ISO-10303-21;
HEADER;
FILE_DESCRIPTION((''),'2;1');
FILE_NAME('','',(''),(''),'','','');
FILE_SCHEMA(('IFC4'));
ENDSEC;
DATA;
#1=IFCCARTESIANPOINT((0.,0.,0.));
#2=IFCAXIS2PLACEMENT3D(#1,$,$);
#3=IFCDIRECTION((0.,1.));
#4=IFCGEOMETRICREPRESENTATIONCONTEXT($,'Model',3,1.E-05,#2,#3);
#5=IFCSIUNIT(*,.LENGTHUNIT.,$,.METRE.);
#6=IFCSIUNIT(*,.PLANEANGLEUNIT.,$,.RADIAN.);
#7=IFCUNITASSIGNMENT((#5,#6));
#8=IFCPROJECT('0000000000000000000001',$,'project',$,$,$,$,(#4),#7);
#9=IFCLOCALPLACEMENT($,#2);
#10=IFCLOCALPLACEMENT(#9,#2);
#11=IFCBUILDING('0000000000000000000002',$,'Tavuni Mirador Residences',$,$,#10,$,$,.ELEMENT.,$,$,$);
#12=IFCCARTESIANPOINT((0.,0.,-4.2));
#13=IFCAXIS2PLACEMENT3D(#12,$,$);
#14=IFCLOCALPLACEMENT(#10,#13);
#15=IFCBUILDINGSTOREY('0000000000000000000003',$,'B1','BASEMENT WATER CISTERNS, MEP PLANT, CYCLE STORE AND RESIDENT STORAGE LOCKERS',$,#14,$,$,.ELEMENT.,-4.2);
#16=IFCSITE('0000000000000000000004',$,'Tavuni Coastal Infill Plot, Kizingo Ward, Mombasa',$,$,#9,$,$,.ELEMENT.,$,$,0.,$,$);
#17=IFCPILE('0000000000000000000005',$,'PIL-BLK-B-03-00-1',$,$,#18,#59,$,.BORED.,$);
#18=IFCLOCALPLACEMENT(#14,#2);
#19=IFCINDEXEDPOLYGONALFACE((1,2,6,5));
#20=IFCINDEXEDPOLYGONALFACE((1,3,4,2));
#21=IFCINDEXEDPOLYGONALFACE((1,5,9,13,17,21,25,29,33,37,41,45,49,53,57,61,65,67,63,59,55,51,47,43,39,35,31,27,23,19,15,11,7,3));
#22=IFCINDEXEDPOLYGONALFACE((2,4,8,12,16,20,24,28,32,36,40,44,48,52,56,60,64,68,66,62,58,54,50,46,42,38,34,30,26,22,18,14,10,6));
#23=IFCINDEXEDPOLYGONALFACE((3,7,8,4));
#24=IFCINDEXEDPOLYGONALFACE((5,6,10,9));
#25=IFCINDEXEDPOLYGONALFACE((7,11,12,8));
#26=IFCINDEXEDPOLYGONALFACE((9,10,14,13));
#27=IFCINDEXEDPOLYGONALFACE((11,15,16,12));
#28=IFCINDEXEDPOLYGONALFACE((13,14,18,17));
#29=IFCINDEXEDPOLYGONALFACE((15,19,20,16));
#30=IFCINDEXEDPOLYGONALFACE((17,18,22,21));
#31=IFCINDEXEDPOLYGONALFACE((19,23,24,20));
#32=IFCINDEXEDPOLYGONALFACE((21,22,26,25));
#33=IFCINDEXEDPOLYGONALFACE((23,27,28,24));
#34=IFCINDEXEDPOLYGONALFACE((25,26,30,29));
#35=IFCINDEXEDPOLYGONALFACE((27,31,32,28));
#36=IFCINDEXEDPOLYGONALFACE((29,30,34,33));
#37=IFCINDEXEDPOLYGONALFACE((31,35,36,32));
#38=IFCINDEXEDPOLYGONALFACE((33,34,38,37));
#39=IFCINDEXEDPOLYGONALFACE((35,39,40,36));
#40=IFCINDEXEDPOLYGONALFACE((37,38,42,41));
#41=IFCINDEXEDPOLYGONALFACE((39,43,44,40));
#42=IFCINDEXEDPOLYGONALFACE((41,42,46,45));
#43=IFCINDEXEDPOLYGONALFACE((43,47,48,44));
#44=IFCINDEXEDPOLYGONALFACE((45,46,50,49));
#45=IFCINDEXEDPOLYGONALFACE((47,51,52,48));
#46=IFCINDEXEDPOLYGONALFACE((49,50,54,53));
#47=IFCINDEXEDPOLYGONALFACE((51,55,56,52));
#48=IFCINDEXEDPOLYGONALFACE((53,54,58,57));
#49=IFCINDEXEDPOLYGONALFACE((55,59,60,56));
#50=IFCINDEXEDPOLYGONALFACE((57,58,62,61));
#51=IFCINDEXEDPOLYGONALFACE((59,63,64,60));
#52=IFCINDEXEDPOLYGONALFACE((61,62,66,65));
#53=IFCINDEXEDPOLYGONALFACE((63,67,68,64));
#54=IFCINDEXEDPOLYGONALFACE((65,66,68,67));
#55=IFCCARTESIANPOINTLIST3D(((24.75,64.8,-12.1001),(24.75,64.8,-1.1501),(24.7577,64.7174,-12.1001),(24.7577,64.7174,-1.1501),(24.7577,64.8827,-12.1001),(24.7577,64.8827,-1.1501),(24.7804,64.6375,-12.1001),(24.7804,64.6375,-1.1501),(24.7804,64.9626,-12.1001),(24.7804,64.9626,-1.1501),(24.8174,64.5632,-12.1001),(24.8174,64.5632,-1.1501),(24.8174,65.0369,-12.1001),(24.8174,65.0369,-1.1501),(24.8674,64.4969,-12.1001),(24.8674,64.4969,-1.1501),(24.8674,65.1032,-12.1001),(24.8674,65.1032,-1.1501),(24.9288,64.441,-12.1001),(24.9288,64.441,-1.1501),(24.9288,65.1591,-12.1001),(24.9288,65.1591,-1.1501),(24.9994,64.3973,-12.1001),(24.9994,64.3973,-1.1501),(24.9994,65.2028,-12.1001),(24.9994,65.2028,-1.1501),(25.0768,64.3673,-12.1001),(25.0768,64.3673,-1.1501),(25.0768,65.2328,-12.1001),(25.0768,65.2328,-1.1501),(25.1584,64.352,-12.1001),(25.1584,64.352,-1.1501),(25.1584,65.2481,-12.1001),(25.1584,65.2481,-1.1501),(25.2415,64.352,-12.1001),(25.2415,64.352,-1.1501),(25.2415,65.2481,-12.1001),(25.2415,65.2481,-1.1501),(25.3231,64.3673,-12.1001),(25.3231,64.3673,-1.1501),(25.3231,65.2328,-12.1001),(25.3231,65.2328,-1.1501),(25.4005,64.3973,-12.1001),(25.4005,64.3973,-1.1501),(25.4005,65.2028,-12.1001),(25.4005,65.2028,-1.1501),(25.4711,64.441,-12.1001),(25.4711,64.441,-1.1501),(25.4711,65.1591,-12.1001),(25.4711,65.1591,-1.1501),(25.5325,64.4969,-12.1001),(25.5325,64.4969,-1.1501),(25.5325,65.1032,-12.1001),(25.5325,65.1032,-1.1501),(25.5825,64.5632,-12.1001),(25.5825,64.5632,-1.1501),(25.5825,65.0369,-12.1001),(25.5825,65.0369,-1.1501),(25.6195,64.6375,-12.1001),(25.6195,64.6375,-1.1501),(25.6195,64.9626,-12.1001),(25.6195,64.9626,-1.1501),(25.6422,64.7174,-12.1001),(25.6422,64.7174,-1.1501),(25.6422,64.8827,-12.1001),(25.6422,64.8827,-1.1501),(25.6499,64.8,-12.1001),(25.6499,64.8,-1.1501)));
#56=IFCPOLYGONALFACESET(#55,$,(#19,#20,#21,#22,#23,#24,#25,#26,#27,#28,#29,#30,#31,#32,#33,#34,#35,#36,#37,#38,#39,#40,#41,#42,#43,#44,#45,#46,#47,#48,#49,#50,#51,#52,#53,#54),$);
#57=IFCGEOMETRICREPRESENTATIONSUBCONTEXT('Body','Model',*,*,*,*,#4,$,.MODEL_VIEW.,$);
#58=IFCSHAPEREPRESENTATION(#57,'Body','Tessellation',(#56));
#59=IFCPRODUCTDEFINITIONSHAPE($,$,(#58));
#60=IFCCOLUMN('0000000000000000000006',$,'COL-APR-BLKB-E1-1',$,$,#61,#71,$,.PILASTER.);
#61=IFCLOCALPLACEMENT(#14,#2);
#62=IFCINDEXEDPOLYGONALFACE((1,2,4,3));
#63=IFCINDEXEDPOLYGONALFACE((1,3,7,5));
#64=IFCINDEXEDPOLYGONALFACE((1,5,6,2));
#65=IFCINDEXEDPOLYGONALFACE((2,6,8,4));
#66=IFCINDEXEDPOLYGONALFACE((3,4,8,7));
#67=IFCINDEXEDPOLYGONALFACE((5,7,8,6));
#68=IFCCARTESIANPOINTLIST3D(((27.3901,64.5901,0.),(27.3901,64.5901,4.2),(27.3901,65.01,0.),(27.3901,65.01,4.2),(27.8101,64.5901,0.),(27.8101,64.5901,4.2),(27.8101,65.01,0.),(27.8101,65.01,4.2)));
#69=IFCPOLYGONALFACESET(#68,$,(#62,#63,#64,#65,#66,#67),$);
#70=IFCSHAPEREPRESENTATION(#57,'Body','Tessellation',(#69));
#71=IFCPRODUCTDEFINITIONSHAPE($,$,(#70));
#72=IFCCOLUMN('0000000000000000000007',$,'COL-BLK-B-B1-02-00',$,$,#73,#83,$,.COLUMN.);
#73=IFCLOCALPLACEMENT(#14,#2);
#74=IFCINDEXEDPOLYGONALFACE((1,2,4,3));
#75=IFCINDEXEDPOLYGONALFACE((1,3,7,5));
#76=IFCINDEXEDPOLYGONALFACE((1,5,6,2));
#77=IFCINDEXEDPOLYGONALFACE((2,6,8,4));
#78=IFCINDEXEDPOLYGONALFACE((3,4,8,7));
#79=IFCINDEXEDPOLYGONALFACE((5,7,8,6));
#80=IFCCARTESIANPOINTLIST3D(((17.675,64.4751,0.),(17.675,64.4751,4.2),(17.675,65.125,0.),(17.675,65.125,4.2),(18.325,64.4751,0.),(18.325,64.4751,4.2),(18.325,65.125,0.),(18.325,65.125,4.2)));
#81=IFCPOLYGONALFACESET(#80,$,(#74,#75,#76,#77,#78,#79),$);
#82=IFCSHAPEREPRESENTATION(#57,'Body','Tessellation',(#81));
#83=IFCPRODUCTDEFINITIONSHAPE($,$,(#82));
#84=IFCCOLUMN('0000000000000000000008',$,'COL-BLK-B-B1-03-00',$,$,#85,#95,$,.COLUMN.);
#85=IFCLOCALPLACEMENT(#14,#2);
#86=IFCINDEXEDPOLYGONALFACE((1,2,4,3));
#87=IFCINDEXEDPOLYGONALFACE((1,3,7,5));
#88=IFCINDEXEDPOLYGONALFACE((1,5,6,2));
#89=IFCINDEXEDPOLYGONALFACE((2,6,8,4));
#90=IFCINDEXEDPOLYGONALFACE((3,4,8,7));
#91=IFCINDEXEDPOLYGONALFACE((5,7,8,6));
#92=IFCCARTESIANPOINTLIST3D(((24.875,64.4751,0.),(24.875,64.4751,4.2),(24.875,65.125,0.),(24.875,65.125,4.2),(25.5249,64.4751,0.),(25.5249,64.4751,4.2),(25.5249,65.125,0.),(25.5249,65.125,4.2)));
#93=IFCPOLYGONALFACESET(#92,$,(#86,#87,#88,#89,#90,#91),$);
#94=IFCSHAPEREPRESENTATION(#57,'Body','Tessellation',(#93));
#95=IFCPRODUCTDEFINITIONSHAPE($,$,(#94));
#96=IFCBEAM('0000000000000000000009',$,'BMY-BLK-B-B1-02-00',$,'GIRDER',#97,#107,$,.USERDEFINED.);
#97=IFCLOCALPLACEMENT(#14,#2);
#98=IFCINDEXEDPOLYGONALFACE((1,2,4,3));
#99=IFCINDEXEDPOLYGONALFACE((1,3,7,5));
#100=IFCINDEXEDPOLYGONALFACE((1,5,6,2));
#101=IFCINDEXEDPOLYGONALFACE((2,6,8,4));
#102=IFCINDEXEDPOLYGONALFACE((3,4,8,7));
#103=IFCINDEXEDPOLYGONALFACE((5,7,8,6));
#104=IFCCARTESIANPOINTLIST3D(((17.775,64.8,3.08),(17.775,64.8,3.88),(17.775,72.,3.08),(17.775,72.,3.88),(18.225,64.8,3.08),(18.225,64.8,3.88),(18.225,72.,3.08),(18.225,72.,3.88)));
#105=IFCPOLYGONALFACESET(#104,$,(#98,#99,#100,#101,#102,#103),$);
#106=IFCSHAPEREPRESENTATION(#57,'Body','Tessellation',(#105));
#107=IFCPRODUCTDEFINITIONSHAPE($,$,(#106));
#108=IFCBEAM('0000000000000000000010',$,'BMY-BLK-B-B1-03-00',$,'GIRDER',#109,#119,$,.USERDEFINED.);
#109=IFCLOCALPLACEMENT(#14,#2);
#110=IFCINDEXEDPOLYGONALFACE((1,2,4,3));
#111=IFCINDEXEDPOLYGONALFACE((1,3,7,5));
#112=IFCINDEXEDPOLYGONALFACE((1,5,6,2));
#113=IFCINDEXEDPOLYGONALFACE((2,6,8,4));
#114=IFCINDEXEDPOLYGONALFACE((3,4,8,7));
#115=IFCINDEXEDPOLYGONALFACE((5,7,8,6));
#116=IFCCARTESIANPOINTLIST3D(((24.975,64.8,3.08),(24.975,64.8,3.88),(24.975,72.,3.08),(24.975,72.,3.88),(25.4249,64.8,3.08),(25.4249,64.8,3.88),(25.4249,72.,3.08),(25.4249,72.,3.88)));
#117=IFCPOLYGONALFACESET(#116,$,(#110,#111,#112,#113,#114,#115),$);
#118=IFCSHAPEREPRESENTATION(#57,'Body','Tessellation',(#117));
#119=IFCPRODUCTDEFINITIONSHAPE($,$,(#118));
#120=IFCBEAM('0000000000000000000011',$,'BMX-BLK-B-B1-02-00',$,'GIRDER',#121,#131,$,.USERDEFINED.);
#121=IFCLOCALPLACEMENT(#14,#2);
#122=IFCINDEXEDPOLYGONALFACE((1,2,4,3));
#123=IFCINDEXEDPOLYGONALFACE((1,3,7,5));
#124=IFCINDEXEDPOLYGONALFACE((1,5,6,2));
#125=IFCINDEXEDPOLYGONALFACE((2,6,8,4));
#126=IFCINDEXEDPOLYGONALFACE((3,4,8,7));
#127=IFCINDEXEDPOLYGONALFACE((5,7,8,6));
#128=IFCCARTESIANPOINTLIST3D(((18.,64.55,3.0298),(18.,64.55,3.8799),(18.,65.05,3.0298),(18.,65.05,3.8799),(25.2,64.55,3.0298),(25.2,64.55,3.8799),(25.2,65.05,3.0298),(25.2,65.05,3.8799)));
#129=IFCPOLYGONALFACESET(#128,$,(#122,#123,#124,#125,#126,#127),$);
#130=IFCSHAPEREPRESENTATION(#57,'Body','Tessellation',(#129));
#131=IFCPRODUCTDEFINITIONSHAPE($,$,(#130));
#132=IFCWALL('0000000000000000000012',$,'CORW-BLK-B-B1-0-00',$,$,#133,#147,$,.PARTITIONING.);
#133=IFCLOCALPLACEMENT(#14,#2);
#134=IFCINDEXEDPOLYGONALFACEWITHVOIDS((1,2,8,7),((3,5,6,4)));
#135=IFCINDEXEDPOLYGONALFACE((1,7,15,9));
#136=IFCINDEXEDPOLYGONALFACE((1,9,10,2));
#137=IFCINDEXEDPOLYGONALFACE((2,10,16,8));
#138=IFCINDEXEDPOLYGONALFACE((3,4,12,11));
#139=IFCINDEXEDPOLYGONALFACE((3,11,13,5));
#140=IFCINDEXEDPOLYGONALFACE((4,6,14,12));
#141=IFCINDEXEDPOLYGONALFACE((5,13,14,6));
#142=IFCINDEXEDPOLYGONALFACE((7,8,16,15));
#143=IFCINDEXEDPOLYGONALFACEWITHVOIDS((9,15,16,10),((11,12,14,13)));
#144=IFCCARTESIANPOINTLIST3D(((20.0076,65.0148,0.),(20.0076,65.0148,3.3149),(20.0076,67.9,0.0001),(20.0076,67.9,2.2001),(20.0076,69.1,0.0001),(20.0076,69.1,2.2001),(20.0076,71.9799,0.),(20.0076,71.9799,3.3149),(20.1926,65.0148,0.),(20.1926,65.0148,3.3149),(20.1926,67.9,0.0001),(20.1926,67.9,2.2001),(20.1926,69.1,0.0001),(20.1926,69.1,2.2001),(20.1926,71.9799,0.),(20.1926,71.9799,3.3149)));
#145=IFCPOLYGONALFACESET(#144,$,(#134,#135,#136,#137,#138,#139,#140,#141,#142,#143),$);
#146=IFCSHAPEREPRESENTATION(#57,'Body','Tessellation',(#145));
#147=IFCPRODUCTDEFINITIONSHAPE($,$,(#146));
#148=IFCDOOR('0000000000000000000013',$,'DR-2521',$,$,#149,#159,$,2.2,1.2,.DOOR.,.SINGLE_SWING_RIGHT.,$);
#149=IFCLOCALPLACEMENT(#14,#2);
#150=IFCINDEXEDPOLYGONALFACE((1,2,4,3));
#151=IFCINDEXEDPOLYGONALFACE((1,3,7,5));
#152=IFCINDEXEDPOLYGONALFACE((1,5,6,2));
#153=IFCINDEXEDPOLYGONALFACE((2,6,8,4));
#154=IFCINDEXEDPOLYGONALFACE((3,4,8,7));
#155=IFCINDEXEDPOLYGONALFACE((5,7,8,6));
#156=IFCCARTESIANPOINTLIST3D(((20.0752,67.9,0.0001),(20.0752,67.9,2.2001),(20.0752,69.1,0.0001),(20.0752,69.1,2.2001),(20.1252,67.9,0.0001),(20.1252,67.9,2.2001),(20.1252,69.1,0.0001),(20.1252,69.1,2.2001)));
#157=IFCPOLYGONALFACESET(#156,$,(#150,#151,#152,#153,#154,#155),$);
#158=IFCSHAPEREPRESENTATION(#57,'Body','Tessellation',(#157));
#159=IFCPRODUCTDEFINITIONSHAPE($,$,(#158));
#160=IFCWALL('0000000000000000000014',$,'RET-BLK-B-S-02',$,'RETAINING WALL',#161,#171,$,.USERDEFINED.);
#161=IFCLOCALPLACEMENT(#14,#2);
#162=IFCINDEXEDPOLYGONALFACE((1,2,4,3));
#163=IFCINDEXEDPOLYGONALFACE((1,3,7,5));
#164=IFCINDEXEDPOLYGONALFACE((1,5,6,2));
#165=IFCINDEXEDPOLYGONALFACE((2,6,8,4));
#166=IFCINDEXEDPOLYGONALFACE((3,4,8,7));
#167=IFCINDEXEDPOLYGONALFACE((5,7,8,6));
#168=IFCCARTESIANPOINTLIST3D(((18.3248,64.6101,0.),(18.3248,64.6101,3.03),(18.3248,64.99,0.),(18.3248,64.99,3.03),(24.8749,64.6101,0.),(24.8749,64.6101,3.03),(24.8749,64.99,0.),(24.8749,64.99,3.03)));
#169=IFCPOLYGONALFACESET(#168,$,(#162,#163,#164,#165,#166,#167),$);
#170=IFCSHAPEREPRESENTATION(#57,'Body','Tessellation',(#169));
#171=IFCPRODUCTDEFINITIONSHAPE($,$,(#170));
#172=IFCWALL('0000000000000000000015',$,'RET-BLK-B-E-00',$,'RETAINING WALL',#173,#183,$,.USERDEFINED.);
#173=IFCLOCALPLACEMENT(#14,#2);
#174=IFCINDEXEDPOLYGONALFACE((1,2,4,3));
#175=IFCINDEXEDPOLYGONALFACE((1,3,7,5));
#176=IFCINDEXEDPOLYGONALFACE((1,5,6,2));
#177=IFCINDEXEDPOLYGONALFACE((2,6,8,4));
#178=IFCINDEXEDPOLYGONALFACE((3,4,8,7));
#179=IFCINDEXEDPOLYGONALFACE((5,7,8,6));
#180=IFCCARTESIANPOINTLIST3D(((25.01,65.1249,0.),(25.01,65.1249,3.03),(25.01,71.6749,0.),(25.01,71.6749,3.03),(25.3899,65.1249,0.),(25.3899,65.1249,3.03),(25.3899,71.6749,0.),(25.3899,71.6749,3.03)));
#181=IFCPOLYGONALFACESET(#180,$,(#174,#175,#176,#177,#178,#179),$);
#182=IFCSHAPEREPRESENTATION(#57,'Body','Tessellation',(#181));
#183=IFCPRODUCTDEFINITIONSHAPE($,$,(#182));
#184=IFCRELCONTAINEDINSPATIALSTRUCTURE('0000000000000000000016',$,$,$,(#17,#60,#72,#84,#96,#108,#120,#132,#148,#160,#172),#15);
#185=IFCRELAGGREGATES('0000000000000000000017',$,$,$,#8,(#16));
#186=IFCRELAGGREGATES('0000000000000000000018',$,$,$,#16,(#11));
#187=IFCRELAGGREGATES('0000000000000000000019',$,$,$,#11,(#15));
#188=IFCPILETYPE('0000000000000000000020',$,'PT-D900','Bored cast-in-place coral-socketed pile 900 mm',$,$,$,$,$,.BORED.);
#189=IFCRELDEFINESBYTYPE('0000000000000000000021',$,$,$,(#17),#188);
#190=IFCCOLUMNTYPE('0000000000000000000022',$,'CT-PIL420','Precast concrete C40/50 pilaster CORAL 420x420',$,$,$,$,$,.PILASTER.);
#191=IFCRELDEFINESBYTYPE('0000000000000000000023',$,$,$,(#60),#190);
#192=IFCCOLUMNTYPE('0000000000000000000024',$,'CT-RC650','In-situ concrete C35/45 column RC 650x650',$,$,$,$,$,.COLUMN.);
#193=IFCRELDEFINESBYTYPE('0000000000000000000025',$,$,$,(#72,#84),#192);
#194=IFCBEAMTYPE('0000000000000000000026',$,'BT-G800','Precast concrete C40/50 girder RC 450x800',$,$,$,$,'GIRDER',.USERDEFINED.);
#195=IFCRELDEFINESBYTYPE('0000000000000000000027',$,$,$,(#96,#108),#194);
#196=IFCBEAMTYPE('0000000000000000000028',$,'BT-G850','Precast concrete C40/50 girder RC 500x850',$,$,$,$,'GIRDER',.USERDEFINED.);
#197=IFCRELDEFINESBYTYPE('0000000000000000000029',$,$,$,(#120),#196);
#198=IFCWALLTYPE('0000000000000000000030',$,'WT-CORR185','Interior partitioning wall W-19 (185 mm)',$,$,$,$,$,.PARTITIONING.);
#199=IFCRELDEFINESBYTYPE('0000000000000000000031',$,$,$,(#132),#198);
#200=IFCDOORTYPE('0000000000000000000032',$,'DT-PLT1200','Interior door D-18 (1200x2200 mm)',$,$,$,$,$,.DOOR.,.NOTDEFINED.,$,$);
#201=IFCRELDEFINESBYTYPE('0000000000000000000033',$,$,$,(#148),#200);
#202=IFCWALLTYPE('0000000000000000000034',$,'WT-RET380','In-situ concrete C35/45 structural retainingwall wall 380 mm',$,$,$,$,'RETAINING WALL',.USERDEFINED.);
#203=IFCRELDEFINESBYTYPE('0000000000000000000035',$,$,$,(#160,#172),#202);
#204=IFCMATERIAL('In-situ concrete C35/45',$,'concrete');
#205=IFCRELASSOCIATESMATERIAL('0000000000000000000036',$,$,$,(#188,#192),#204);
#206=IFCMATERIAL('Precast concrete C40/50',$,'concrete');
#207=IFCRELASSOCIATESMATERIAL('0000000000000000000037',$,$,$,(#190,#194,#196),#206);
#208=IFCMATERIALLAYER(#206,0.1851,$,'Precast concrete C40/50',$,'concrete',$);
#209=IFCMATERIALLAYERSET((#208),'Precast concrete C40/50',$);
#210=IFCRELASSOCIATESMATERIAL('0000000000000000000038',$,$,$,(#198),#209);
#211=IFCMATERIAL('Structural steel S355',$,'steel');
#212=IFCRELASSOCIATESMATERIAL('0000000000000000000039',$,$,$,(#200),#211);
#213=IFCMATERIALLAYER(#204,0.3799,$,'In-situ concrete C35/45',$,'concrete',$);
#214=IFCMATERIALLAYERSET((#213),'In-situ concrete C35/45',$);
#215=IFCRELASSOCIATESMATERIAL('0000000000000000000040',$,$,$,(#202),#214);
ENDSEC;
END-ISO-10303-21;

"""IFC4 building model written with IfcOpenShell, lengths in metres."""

from ifc_helpers import new_model, si_unit, direction, frame, frame_2d, origin, origin_2d, place, context, subcontext, project, spatial, rectangle, circle, extrude, material, layer, layer_set, material_profile, profile_set, type_object, element, fill, save


model = new_model("IFC4")

# Units and contexts
model_context = context("Model", 3, precision=1e-05, world=origin(), true_north=direction((0.0, 1.0)))
body_context = subcontext(model_context, "Body", "Model", "MODEL_VIEW")
ifc_project = project(units=[si_unit("LENGTHUNIT", "METRE"), si_unit("PLANEANGLEUNIT", "RADIAN")], contexts=[model_context])

# Site, building, storey
site_placement = place(None, origin())
site = spatial("IfcSite", under=ifc_project, at=site_placement, Name="Tavuni Coastal Infill Plot, Kizingo Ward, Mombasa", CompositionType="ELEMENT", RefElevation=0.0)
building_placement = place(site_placement, origin())
building = spatial("IfcBuilding", under=site, at=building_placement, Name="Tavuni Mirador Residences", CompositionType="ELEMENT")
storey_placement = place(building_placement, frame((0.0, 0.0, -4.2)))
storey = spatial("IfcBuildingStorey", under=building, at=storey_placement, Name="B1", Description="BASEMENT WATER CISTERNS, MEP PLANT, CYCLE STORE AND RESIDENT STORAGE LOCKERS", CompositionType="ELEMENT", Elevation=-4.2)

# Shared definitions
ifc_material_1 = material(Name="In-situ concrete C35/45", Category="concrete")

# Pile
ifc_material_profile_1 = material_profile(ifc_material_1, circle(Radius=0.45, at=origin_2d()), Name="PILE D900", Category="concrete")
ifc_profile_set_1 = profile_set([ifc_material_profile_1], Name="In-situ concrete C35/45")
pile_type_1 = type_object("IfcPileType", Name="PT-D900", Description="Bored cast-in-place coral-socketed pile 900 mm", PredefinedType="BORED", material=ifc_profile_set_1)
pile_1_placement = place(storey_placement, frame((25.2, 64.8, -1.1501), z_axis=(0.0, 0.0, -1.0), x_axis=(1.0, 0.0, 0.0)))
element("IfcPile", 1, at=pile_1_placement, inside=storey, type_object=pile_type_1, Name="PIL-BLK-B-03-00-1", PredefinedType="BORED", context=body_context, shape_type="SweptSolid", body=[
    extrude(circle(Radius=0.45, at=origin_2d()), origin(), (0.0, 0.0, 1.0), 10.95),
])

# Columns
ifc_material_2 = material(Name="Precast concrete C40/50", Category="concrete")
ifc_material_profile_2 = material_profile(ifc_material_2, rectangle(XDim=0.4199, YDim=0.4199, at=origin_2d()), Name="CORAL 420x420", Category="concrete")
ifc_profile_set_2 = profile_set([ifc_material_profile_2], Name="Precast concrete C40/50")
column_type_1 = type_object("IfcColumnType", Name="CT-PIL420", Description="Precast concrete C40/50 pilaster CORAL 420x420", PredefinedType="PILASTER", material=ifc_profile_set_2)
column_placement = place(storey_placement, frame((27.6001, 64.8, 0.0), z_axis=(0.0, 0.0, 1.0), x_axis=(1.0, 0.0, 0.0)))
element("IfcColumn", 2, at=column_placement, inside=storey, type_object=column_type_1, Name="COL-APR-BLKB-E1-1", PredefinedType="PILASTER", context=body_context, shape_type="SweptSolid", body=[
    extrude(rectangle(XDim=0.4199, YDim=0.4199, at=origin_2d()), origin(), (0.0, 0.0, 1.0), 4.2),
])
ifc_material_profile_3 = material_profile(ifc_material_1, rectangle(XDim=0.6499, YDim=0.6499, at=origin_2d()), Name="RC 650x650", Category="concrete")
ifc_profile_set_3 = profile_set([ifc_material_profile_3], Name="In-situ concrete C35/45")
column_type_2 = type_object("IfcColumnType", Name="CT-RC650", Description="In-situ concrete C35/45 column RC 650x650", PredefinedType="COLUMN", material=ifc_profile_set_3)
for number, where, z_axis, x_axis, name in (
    (3, (18.0, 64.8, 0.0), (0.0, 0.0, 1.0), (1.0, 0.0, 0.0), "COL-BLK-B-B1-02-00"),
    (4, (25.2, 64.8, 0.0), (0.0, 0.0, 1.0), (1.0, 0.0, 0.0), "COL-BLK-B-B1-03-00"),
):
    element("IfcColumn", number, at=place(storey_placement, frame(where, z_axis=z_axis, x_axis=x_axis)), inside=storey, type_object=column_type_2, Name=name, PredefinedType="COLUMN", context=body_context, shape_type="SweptSolid", body=[
        extrude(rectangle(XDim=0.6499, YDim=0.6499, at=origin_2d()), origin(), (0.0, 0.0, 1.0), 4.2),
    ])

# Beams
ifc_material_profile_4 = material_profile(ifc_material_2, rectangle(XDim=0.45, YDim=0.8, at=origin_2d()), Name="RC 450x800", Category="concrete")
ifc_profile_set_4 = profile_set([ifc_material_profile_4], Name="Precast concrete C40/50")
beam_type_1 = type_object("IfcBeamType", Name="BT-G800", Description="Precast concrete C40/50 girder RC 450x800", ElementType="GIRDER", PredefinedType="USERDEFINED", material=ifc_profile_set_4)
for number, where, z_axis, x_axis, name in (
    (5, (18.0, 64.8, 3.48), (0.0, 1.0, 0.0), (-1.0, 0.0, 0.0), "BMY-BLK-B-B1-02-00"),
    (6, (25.2, 64.8, 3.48), (0.0, 1.0, 0.0), (-1.0, 0.0, 0.0), "BMY-BLK-B-B1-03-00"),
):
    element("IfcBeam", number, at=place(storey_placement, frame(where, z_axis=z_axis, x_axis=x_axis)), inside=storey, type_object=beam_type_1, Name=name, ObjectType="GIRDER", PredefinedType="USERDEFINED", context=body_context, shape_type="SweptSolid", body=[
        extrude(rectangle(XDim=0.45, YDim=0.8, at=origin_2d()), origin(), (0.0, 0.0, 1.0), 7.2),
    ])
ifc_material_profile_5 = material_profile(ifc_material_2, rectangle(XDim=0.5, YDim=0.8501, at=origin_2d()), Name="RC 500x850", Category="concrete")
ifc_profile_set_5 = profile_set([ifc_material_profile_5], Name="Precast concrete C40/50")
beam_type_2 = type_object("IfcBeamType", Name="BT-G850", Description="Precast concrete C40/50 girder RC 500x850", ElementType="GIRDER", PredefinedType="USERDEFINED", material=ifc_profile_set_5)
beam_placement = place(storey_placement, frame((18.0, 64.8, 3.4548), z_axis=(1.0, 0.0, 0.0), x_axis=(0.0, 1.0, 0.0)))
element("IfcBeam", 7, at=beam_placement, inside=storey, type_object=beam_type_2, Name="BMX-BLK-B-B1-02-00", ObjectType="GIRDER", PredefinedType="USERDEFINED", context=body_context, shape_type="SweptSolid", body=[
    extrude(rectangle(XDim=0.5, YDim=0.8501, at=origin_2d()), origin(), (0.0, 0.0, 1.0), 7.2),
])

# Wall, opening, door
ifc_layer_1 = layer(ifc_material_2, 0.1851, Name="Precast concrete C40/50", Category="concrete")
ifc_layer_set_1 = layer_set([ifc_layer_1], Name="Precast concrete C40/50")
wall_type_1 = type_object("IfcWallType", Name="WT-CORR185", Description="Interior partitioning wall W-19 (185 mm)", PredefinedType="PARTITIONING", material=ifc_layer_set_1)
wall_1_placement = place(storey_placement, frame((20.1001, 65.0149, 0.0), z_axis=(0.0, 0.0, 1.0), x_axis=(0.0, 1.0, 0.0)))
wall_1 = element("IfcWall", 8, at=wall_1_placement, inside=storey, type_object=wall_type_1, Name="CORW-BLK-B-B1-0-00", PredefinedType="PARTITIONING", context=body_context, shape_type="SweptSolid", body=[
    extrude(rectangle(XDim=6.9651, YDim=0.1851, at=frame_2d((3.4824, 0.0))), origin(), (0.0, 0.0, 1.0), 3.3149),
])
opening_placement = place(wall_1_placement, frame((2.885, 0.0, 0.0)))
opening = element("IfcOpeningElement", 9, at=opening_placement, cuts=wall_1, PredefinedType="OPENING", context=body_context, shape_type="SweptSolid", body=[
    extrude(rectangle(XDim=1.2, YDim=2.2, at=frame_2d((0.6001, 1.1001))), frame((0.0, 0.1025, 0.0), z_axis=(0.0, -1.0, 0.0), x_axis=(1.0, 0.0, 0.0)), (0.0, 0.0, 1.0), 0.2051),
])
ifc_material_3 = material(Name="Structural steel S355", Category="steel")
door_type = type_object("IfcDoorType", Name="DT-PLT1200", Description="Interior door D-18 (1200x2200 mm)", OperationType="NOTDEFINED", PredefinedType="DOOR", material=ifc_material_3)
door_placement = place(opening_placement, origin())
door = element("IfcDoor", 10, at=door_placement, inside=storey, type_object=door_type, Name="DR-2521", OperationType="SINGLE_SWING_RIGHT", OverallHeight=2.2, OverallWidth=1.2, PredefinedType="DOOR", context=body_context, shape_type="SweptSolid", body=[
    extrude(rectangle(XDim=1.2, YDim=2.2, at=frame_2d((0.6001, 1.1001))), frame((0.0, 0.0249, 0.0), z_axis=(0.0, -1.0, 0.0), x_axis=(1.0, 0.0, 0.0)), (0.0, 0.0, 1.0), 0.05),
])
fill(opening, door)

# Walls
ifc_layer_2 = layer(ifc_material_1, 0.3799, Name="In-situ concrete C35/45", Category="concrete")
ifc_layer_set_2 = layer_set([ifc_layer_2], Name="In-situ concrete C35/45")
wall_type_2 = type_object("IfcWallType", Name="WT-RET380", Description="In-situ concrete C35/45 structural retainingwall wall 380 mm", ElementType="RETAINING WALL", PredefinedType="USERDEFINED", material=ifc_layer_set_2)
for number, where, z_axis, x_axis, name in (
    (11, (18.325, 64.8, 0.0), (0.0, 0.0, 1.0), (1.0, 0.0, 0.0), "RET-BLK-B-S-02"),
    (12, (25.2, 65.125, 0.0), (0.0, 0.0, 1.0), (0.0, 1.0, 0.0), "RET-BLK-B-E-00"),
):
    element("IfcWall", number, at=place(storey_placement, frame(where, z_axis=z_axis, x_axis=x_axis)), inside=storey, type_object=wall_type_2, Name=name, ObjectType="RETAINING WALL", PredefinedType="USERDEFINED", context=body_context, shape_type="SweptSolid", body=[
        extrude(rectangle(XDim=6.55, YDim=0.3799, at=frame_2d((3.2749, 0.0))), origin(), (0.0, 0.0, 1.0), 3.03),
    ])

save(model, "model.ifc")
